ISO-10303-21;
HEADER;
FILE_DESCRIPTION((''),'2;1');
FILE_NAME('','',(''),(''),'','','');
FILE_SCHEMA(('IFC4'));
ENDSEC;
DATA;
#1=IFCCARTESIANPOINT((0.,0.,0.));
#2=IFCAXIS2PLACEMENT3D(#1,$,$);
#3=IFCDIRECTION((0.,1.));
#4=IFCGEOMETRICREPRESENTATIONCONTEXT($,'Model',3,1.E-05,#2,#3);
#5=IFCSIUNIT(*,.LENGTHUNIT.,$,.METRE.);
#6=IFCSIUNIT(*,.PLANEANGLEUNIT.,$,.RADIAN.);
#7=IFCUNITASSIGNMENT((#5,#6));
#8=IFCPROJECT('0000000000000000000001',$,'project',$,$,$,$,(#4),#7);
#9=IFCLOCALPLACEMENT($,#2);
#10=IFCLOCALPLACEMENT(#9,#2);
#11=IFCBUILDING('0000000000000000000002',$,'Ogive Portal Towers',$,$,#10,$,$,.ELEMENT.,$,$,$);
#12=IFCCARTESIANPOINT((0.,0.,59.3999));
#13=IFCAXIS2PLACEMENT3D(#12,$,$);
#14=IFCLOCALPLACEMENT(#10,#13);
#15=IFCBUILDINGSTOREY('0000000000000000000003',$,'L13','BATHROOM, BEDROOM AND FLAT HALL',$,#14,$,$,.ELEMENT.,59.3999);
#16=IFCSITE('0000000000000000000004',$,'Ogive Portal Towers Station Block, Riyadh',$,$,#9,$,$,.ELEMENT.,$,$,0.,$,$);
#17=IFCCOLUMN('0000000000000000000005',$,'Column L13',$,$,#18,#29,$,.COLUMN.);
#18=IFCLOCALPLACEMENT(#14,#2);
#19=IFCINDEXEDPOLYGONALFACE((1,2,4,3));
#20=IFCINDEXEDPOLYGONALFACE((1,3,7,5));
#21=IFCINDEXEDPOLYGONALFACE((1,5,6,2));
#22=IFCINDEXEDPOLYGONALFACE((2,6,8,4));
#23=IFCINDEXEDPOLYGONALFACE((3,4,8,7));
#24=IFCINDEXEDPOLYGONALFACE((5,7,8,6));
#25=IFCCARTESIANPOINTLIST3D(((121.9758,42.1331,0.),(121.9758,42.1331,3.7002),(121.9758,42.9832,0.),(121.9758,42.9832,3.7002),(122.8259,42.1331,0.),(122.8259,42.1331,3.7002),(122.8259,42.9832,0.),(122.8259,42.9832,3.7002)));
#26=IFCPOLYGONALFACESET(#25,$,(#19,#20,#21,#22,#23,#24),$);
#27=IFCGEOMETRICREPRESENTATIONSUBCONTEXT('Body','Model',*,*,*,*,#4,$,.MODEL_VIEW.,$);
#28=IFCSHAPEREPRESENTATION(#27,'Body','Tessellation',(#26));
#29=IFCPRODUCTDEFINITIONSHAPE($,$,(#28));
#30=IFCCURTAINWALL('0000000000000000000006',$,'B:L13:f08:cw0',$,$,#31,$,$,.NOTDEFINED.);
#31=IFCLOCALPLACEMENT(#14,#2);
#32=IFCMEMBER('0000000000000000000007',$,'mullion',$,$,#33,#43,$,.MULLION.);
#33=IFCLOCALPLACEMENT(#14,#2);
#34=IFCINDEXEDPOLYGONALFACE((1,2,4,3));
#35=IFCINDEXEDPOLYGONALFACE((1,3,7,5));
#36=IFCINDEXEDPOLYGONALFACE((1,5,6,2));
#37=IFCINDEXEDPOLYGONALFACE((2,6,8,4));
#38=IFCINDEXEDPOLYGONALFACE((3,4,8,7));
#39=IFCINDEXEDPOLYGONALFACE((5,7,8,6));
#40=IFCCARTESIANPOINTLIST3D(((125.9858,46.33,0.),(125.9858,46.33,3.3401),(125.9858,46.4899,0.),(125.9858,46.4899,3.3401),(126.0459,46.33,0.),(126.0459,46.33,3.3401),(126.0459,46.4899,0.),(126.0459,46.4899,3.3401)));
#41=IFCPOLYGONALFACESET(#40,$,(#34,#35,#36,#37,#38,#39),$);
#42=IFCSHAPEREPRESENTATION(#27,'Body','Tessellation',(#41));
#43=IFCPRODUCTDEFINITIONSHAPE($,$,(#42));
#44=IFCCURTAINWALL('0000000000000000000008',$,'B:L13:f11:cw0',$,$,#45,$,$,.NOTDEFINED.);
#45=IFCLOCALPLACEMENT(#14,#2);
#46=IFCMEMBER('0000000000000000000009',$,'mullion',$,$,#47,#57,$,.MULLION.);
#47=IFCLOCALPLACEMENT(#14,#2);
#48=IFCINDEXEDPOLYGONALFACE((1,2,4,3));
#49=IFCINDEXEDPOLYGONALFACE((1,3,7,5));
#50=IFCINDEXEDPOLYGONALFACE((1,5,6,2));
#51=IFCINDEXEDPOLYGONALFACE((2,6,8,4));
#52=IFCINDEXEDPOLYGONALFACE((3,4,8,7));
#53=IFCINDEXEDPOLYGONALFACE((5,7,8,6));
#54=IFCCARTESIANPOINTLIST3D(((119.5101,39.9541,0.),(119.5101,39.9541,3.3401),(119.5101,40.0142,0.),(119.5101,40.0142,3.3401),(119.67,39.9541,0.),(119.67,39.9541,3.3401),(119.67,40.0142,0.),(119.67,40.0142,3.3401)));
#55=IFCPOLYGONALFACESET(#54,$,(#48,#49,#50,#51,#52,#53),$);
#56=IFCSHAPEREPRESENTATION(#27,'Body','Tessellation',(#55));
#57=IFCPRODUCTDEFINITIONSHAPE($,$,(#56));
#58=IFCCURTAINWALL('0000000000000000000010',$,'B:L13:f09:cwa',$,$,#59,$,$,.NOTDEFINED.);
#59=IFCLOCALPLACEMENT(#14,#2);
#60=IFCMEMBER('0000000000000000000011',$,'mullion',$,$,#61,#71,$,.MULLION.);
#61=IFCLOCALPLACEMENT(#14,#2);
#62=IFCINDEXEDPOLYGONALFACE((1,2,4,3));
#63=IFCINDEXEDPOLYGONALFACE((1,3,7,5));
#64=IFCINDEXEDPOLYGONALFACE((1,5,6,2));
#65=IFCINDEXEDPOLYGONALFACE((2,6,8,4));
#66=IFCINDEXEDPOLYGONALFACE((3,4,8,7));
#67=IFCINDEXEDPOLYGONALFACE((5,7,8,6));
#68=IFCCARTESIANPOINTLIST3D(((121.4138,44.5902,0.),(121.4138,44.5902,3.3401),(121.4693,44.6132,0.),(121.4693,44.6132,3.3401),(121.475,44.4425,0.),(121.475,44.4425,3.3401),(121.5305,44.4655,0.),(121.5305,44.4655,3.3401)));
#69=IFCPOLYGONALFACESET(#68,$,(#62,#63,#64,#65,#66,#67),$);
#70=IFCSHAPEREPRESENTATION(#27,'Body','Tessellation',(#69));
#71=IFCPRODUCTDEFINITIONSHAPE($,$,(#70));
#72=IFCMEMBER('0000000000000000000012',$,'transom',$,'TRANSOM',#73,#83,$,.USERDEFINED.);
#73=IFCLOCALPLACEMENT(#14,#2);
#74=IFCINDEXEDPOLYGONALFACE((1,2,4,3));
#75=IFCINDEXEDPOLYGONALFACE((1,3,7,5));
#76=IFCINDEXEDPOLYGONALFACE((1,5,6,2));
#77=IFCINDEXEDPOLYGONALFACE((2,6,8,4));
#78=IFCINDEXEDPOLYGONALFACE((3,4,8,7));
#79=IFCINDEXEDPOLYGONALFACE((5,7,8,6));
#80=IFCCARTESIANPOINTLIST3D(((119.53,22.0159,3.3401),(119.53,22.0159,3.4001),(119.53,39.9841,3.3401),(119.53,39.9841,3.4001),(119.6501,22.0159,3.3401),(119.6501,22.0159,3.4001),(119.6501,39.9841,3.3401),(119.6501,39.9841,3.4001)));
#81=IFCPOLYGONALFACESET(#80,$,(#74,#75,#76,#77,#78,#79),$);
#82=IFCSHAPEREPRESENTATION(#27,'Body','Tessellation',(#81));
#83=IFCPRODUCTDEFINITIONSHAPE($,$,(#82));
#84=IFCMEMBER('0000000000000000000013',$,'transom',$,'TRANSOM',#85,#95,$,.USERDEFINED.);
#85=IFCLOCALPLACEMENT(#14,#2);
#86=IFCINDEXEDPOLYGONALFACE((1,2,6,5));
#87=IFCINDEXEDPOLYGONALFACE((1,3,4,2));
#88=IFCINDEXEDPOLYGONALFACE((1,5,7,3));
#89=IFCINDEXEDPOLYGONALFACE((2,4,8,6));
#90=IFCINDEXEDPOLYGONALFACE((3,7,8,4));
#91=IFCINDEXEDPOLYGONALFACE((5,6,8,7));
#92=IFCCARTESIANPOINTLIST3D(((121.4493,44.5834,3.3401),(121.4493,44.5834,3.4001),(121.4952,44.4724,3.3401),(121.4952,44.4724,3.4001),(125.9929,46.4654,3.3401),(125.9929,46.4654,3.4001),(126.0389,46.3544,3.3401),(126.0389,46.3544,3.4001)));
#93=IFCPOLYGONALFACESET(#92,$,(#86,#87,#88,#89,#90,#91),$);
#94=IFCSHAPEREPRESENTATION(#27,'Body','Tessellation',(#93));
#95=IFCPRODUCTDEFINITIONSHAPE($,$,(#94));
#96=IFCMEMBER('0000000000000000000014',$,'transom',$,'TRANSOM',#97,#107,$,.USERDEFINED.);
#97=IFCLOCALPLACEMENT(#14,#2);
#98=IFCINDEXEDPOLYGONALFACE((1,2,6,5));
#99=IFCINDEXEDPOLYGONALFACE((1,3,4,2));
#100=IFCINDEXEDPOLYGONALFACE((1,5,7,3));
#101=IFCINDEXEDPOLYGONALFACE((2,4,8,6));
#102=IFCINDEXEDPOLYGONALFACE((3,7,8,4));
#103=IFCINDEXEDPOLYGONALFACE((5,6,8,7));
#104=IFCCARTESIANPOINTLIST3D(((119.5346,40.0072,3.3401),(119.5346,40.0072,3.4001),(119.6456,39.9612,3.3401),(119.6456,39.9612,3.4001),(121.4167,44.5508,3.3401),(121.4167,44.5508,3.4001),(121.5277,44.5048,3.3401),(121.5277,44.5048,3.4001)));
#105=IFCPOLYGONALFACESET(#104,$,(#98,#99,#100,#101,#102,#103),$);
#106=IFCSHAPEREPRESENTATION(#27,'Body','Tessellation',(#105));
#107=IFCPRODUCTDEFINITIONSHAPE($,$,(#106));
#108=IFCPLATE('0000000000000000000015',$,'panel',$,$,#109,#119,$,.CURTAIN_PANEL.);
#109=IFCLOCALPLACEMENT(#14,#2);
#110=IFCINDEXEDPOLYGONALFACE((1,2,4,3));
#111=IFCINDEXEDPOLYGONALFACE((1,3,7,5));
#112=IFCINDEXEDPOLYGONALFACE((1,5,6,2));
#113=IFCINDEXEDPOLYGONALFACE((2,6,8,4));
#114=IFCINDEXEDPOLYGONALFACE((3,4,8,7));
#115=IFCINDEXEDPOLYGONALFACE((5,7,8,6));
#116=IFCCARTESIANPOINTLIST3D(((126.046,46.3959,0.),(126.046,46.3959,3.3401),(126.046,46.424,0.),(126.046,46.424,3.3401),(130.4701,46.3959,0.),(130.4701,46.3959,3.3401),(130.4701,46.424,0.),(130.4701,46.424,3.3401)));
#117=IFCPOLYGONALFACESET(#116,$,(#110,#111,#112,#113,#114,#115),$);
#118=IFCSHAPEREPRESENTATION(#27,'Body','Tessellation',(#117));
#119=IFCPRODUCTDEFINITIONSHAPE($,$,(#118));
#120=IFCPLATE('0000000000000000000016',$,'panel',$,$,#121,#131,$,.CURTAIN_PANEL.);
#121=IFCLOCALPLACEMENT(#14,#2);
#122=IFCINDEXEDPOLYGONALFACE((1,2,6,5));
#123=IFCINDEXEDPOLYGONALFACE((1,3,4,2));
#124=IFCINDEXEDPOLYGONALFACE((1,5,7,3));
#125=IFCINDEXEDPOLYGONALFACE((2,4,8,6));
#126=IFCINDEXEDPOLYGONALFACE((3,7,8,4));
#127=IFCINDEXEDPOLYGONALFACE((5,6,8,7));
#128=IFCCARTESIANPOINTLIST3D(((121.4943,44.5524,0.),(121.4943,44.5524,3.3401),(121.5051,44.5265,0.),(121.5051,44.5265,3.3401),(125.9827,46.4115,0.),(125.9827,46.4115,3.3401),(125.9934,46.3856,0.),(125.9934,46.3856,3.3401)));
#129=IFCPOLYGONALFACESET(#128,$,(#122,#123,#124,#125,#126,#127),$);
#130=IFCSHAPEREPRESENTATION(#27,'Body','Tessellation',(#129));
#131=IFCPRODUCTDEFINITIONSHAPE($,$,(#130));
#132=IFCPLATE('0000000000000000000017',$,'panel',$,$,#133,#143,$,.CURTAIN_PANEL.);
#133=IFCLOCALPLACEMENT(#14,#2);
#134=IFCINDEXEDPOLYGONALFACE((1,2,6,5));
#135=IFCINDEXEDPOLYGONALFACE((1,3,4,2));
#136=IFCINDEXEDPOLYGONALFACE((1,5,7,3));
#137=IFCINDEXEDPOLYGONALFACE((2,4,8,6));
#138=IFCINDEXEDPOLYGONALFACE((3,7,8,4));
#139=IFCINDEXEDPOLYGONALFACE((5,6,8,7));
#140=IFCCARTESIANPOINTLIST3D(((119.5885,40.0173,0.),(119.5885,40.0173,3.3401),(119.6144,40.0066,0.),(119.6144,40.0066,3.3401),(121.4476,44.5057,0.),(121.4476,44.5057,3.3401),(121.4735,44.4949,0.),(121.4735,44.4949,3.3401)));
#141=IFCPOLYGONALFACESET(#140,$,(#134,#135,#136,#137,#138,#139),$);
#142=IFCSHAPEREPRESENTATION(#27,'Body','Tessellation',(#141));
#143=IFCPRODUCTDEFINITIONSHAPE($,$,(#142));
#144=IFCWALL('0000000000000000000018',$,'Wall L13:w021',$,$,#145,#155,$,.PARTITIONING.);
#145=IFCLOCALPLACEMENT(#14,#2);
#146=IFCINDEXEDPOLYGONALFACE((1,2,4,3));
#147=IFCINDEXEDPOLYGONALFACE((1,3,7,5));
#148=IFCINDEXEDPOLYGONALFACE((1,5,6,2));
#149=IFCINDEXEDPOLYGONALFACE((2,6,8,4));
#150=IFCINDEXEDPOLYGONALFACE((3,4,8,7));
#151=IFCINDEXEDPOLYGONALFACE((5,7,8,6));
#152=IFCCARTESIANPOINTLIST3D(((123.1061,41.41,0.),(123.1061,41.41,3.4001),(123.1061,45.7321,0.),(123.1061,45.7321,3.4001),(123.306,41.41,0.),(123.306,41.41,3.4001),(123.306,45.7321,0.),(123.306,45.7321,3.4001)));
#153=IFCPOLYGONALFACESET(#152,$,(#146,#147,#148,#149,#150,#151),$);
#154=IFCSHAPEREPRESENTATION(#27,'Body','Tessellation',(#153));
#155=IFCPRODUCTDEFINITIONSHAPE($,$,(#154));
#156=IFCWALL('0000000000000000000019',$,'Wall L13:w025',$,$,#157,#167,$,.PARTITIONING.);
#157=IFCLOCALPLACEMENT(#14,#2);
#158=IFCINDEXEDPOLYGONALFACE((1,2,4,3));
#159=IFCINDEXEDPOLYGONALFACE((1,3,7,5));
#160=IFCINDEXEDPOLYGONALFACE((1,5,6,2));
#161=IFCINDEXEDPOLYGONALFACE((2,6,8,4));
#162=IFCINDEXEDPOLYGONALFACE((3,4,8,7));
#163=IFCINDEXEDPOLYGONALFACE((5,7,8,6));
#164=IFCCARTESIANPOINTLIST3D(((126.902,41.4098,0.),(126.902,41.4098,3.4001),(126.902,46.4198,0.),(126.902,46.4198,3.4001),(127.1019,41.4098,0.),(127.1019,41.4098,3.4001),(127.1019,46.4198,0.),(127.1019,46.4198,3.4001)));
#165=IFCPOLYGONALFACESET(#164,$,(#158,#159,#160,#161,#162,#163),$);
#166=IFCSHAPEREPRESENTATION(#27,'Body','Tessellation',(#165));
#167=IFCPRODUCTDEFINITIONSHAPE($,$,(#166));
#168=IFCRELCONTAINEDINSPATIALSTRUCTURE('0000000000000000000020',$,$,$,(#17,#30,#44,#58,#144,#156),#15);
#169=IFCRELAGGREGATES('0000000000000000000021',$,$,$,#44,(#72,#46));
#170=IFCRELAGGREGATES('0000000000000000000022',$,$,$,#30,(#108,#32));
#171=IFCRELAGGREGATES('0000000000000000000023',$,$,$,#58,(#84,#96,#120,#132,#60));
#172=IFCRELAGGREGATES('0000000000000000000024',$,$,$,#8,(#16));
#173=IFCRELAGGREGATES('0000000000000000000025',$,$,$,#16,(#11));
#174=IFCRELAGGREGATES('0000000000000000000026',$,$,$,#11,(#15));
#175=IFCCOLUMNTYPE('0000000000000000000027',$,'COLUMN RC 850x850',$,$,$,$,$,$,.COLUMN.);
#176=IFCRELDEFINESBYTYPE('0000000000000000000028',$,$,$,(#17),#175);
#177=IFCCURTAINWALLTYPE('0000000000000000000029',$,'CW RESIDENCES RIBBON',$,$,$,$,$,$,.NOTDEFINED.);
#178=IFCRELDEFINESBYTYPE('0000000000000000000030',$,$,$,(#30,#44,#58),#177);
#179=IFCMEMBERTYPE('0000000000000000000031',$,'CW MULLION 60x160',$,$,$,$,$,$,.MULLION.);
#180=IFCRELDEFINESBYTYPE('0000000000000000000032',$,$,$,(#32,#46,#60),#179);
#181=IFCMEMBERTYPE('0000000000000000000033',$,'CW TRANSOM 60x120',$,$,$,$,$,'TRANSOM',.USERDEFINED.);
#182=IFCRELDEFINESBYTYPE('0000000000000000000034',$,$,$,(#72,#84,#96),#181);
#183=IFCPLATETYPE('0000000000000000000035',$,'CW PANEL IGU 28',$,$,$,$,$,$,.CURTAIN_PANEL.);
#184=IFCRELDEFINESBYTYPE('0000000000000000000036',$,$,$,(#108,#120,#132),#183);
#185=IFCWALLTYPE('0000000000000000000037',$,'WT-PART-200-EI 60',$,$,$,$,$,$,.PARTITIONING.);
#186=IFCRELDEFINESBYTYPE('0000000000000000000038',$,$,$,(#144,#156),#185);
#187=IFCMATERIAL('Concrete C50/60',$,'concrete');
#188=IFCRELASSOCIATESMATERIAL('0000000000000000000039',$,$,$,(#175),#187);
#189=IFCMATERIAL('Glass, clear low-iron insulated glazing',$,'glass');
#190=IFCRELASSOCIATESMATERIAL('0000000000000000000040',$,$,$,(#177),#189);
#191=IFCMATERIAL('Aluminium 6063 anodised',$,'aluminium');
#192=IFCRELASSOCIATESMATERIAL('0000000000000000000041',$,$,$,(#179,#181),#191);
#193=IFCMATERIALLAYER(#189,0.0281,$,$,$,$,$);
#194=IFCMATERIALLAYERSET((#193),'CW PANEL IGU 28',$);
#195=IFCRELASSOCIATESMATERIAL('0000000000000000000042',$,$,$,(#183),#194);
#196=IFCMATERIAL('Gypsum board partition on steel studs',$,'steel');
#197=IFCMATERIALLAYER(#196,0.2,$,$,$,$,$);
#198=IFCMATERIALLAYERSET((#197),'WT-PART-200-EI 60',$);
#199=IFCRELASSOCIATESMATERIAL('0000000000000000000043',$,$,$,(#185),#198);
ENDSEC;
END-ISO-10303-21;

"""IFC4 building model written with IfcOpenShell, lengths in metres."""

from ifc_helpers import new_model, si_unit, direction, frame, frame_2d, origin, origin_2d, place, context, subcontext, project, spatial, rectangle, extrude, material, layer, layer_set, material_profile, profile_set, type_object, element, aggregate, save


model = new_model("IFC4")

# Units and contexts
model_context = context("Model", 3, precision=1e-05, world=origin(), true_north=direction((0.0, 1.0)))
body_context = subcontext(model_context, "Body", "Model", "MODEL_VIEW")
ifc_project = project(units=[si_unit("LENGTHUNIT", "METRE"), si_unit("PLANEANGLEUNIT", "RADIAN")], contexts=[model_context])

# Site, building, storey
site_placement = place(None, origin())
site = spatial("IfcSite", under=ifc_project, at=site_placement, Name="Ogive Portal Towers Station Block, Riyadh", CompositionType="ELEMENT", RefElevation=0.0)
building_placement = place(site_placement, origin())
building = spatial("IfcBuilding", under=site, at=building_placement, Name="Ogive Portal Towers", CompositionType="ELEMENT")
storey_placement = place(building_placement, frame((0.0, 0.0, 59.3999)))
storey = spatial("IfcBuildingStorey", under=building, at=storey_placement, Name="L13", Description="BATHROOM, BEDROOM AND FLAT HALL", CompositionType="ELEMENT", Elevation=59.3999)

# Column
ifc_material_1 = material(Name="Concrete C50/60", Category="concrete")
ifc_material_profile_1 = material_profile(ifc_material_1, rectangle(XDim=0.8501, YDim=0.8501, at=origin_2d()), Name="RC 850x850")
ifc_profile_set_1 = profile_set([ifc_material_profile_1], Name="Concrete C50/60")
column_type = type_object("IfcColumnType", Name="COLUMN RC 850x850", PredefinedType="COLUMN", material=ifc_profile_set_1)
column_placement = place(storey_placement, frame((122.4009, 42.5581, 0.0), z_axis=(0.0, 0.0, 1.0), x_axis=(1.0, 0.0, 0.0)))
element("IfcColumn", 1, at=column_placement, inside=storey, type_object=column_type, Name="Column L13", PredefinedType="COLUMN", context=body_context, shape_type="SweptSolid", body=[
    extrude(rectangle(XDim=0.8501, YDim=0.8501, at=origin_2d()), origin(), (0.0, 0.0, 1.0), 3.7002),
])

# Curtain walls, members
ifc_material_2 = material(Name="Glass, clear low-iron insulated glazing", Category="glass")
curtain_wall_type = type_object("IfcCurtainWallType", Name="CW RESIDENCES RIBBON", PredefinedType="NOTDEFINED", material=ifc_material_2)
curtain_wall_1_placement = place(storey_placement, origin())
curtain_wall_1 = element("IfcCurtainWall", 2, at=curtain_wall_1_placement, inside=storey, type_object=curtain_wall_type, Name="B:L13:f08:cw0", PredefinedType="NOTDEFINED")
ifc_material_3 = material(Name="Aluminium 6063 anodised", Category="aluminium")
ifc_material_profile_2 = material_profile(ifc_material_3, rectangle(XDim=0.1599, YDim=0.0601, at=origin_2d()), Name="AL 60x160")
ifc_profile_set_2 = profile_set([ifc_material_profile_2], Name="Aluminium 6063 anodised")
member_type_1 = type_object("IfcMemberType", Name="CW MULLION 60x160", PredefinedType="MULLION", material=ifc_profile_set_2)
member_1_placement = place(storey_placement, frame((126.0159, 46.4099, 0.0), z_axis=(0.0, 0.0, 1.0), x_axis=(0.0, -1.0, 0.0)))
member_1 = element("IfcMember", 3, at=member_1_placement, type_object=member_type_1, Name="mullion", PredefinedType="MULLION", context=body_context, shape_type="SweptSolid", body=[
    extrude(rectangle(XDim=0.1599, YDim=0.0601, at=origin_2d()), origin(), (0.0, 0.0, 1.0), 3.3401),
])
curtain_wall_2_placement = place(storey_placement, origin())
curtain_wall_2 = element("IfcCurtainWall", 4, at=curtain_wall_2_placement, inside=storey, type_object=curtain_wall_type, Name="B:L13:f11:cw0", PredefinedType="NOTDEFINED")
member_2_placement = place(storey_placement, frame((119.5901, 39.9841, 0.0), z_axis=(0.0, 0.0, 1.0), x_axis=(1.0, 0.0, 0.0)))
member_2 = element("IfcMember", 5, at=member_2_placement, type_object=member_type_1, Name="mullion", PredefinedType="MULLION", context=body_context, shape_type="SweptSolid", body=[
    extrude(rectangle(XDim=0.1599, YDim=0.0601, at=origin_2d()), origin(), (0.0, 0.0, 1.0), 3.3401),
])
curtain_wall_3_placement = place(storey_placement, origin())
curtain_wall_3 = element("IfcCurtainWall", 6, at=curtain_wall_3_placement, inside=storey, type_object=curtain_wall_type, Name="B:L13:f09:cwa", PredefinedType="NOTDEFINED")
member_3_placement = place(storey_placement, frame((121.4722, 44.5278, 0.0), z_axis=(0.0, 0.0, 1.0), x_axis=(0.382683, -0.92388, 0.0)))
member_3 = element("IfcMember", 7, at=member_3_placement, type_object=member_type_1, Name="mullion", PredefinedType="MULLION", context=body_context, shape_type="SweptSolid", body=[
    extrude(rectangle(XDim=0.1599, YDim=0.0601, at=origin_2d()), origin(), (0.0, 0.0, 1.0), 3.3401),
])

# Members
ifc_material_profile_3 = material_profile(ifc_material_3, rectangle(XDim=0.1201, YDim=0.0601, at=origin_2d()), Name="AL 120x60")
ifc_profile_set_3 = profile_set([ifc_material_profile_3], Name="Aluminium 6063 anodised")
member_type_2 = type_object("IfcMemberType", Name="CW TRANSOM 60x120", ElementType="TRANSOM", PredefinedType="USERDEFINED", material=ifc_profile_set_3)
member_4_placement = place(storey_placement, frame((119.5901, 39.9841, 3.3701), z_axis=(0.0, -1.0, 0.0), x_axis=(1.0, 0.0, 0.0)))
member_4 = element("IfcMember", 8, at=member_4_placement, type_object=member_type_2, Name="transom", ObjectType="TRANSOM", PredefinedType="USERDEFINED", context=body_context, shape_type="SweptSolid", body=[
    extrude(rectangle(XDim=0.1201, YDim=0.0601, at=origin_2d()), origin(), (0.0, 0.0, 1.0), 17.9683),
])
aggregate(curtain_wall_2, [member_4, member_2])
member_5_placement = place(storey_placement, frame((126.0159, 46.4099, 3.3701), z_axis=(-0.923878, -0.382686, 0.0), x_axis=(0.382686, -0.923878, 0.0)))
member_5 = element("IfcMember", 9, at=member_5_placement, type_object=member_type_2, Name="transom", ObjectType="TRANSOM", PredefinedType="USERDEFINED", context=body_context, shape_type="SweptSolid", body=[
    extrude(rectangle(XDim=0.1201, YDim=0.0601, at=origin_2d()), origin(), (0.0, 0.0, 1.0), 4.918),
])
member_6_placement = place(storey_placement, frame((121.4722, 44.5278, 3.3701), z_axis=(-0.382686, -0.923878, 0.0), x_axis=(0.923878, -0.382686, 0.0)))
member_6 = element("IfcMember", 10, at=member_6_placement, type_object=member_type_2, Name="transom", ObjectType="TRANSOM", PredefinedType="USERDEFINED", context=body_context, shape_type="SweptSolid", body=[
    extrude(rectangle(XDim=0.1201, YDim=0.0601, at=origin_2d()), origin(), (0.0, 0.0, 1.0), 4.918),
])

# Plates
ifc_layer_1 = layer(ifc_material_2, 0.0281)
ifc_layer_set_1 = layer_set([ifc_layer_1], Name="CW PANEL IGU 28")
plate_type = type_object("IfcPlateType", Name="CW PANEL IGU 28", PredefinedType="CURTAIN_PANEL", material=ifc_layer_set_1)
plate_1_placement = place(storey_placement, frame((128.2581, 46.4099, 0.0), z_axis=(0.0, 0.0, 1.0), x_axis=(-1.0, 0.0, 0.0)))
plate_1 = element("IfcPlate", 11, at=plate_1_placement, type_object=plate_type, Name="panel", PredefinedType="CURTAIN_PANEL", context=body_context, shape_type="SweptSolid", body=[
    extrude(rectangle(XDim=4.4241, YDim=0.0281, at=origin_2d()), origin(), (0.0, 0.0, 1.0), 3.3401),
])
aggregate(curtain_wall_1, [plate_1, member_1])
plate_2_placement = place(storey_placement, frame((123.7439, 45.469, 0.0), z_axis=(0.0, 0.0, 1.0), x_axis=(-0.92388, -0.382683, 0.0)))
plate_2 = element("IfcPlate", 12, at=plate_2_placement, type_object=plate_type, Name="panel", PredefinedType="CURTAIN_PANEL", context=body_context, shape_type="SweptSolid", body=[
    extrude(rectangle(XDim=4.8582, YDim=0.0281, at=origin_2d()), origin(), (0.0, 0.0, 1.0), 3.3401),
])
plate_3_placement = place(storey_placement, frame((120.531, 42.2561, 0.0), z_axis=(0.0, 0.0, 1.0), x_axis=(-0.382683, -0.92388, 0.0)))
plate_3 = element("IfcPlate", 13, at=plate_3_placement, type_object=plate_type, Name="panel", PredefinedType="CURTAIN_PANEL", context=body_context, shape_type="SweptSolid", body=[
    extrude(rectangle(XDim=4.8582, YDim=0.0281, at=origin_2d()), origin(), (0.0, 0.0, 1.0), 3.3401),
])
aggregate(curtain_wall_3, [member_5, member_6, plate_2, plate_3, member_3])

# Shared definitions
ifc_material_4 = material(Name="Gypsum board partition on steel studs", Category="steel")
ifc_layer_2 = layer(ifc_material_4, 0.2)
ifc_layer_set_2 = layer_set([ifc_layer_2], Name="WT-PART-200-EI 60")
wall_type = type_object("IfcWallType", Name="WT-PART-200-EI 60", PredefinedType="PARTITIONING", material=ifc_layer_set_2)

# Walls
wall_1_placement = place(storey_placement, frame((123.2061, 41.4099, 0.0), z_axis=(0.0, 0.0, 1.0), x_axis=(0.0, 1.0, 0.0)))
element("IfcWall", 14, at=wall_1_placement, inside=storey, type_object=wall_type, Name="Wall L13:w021", PredefinedType="PARTITIONING", context=body_context, shape_type="SweptSolid", body=[
    extrude(rectangle(XDim=4.322, YDim=0.2, at=frame_2d((2.1611, 0.0))), origin(), (0.0, 0.0, 1.0), 3.4001),
])
wall_2_placement = place(storey_placement, frame((127.002, 41.4099, 0.0), z_axis=(0.0, 0.0, 1.0), x_axis=(0.0, 1.0, 0.0)))
element("IfcWall", 15, at=wall_2_placement, inside=storey, type_object=wall_type, Name="Wall L13:w025", PredefinedType="PARTITIONING", context=body_context, shape_type="SweptSolid", body=[
    extrude(rectangle(XDim=5.01, YDim=0.2, at=frame_2d((2.5049, 0.0))), origin(), (0.0, 0.0, 1.0), 3.4001),
])

save(model, "model.ifc")
